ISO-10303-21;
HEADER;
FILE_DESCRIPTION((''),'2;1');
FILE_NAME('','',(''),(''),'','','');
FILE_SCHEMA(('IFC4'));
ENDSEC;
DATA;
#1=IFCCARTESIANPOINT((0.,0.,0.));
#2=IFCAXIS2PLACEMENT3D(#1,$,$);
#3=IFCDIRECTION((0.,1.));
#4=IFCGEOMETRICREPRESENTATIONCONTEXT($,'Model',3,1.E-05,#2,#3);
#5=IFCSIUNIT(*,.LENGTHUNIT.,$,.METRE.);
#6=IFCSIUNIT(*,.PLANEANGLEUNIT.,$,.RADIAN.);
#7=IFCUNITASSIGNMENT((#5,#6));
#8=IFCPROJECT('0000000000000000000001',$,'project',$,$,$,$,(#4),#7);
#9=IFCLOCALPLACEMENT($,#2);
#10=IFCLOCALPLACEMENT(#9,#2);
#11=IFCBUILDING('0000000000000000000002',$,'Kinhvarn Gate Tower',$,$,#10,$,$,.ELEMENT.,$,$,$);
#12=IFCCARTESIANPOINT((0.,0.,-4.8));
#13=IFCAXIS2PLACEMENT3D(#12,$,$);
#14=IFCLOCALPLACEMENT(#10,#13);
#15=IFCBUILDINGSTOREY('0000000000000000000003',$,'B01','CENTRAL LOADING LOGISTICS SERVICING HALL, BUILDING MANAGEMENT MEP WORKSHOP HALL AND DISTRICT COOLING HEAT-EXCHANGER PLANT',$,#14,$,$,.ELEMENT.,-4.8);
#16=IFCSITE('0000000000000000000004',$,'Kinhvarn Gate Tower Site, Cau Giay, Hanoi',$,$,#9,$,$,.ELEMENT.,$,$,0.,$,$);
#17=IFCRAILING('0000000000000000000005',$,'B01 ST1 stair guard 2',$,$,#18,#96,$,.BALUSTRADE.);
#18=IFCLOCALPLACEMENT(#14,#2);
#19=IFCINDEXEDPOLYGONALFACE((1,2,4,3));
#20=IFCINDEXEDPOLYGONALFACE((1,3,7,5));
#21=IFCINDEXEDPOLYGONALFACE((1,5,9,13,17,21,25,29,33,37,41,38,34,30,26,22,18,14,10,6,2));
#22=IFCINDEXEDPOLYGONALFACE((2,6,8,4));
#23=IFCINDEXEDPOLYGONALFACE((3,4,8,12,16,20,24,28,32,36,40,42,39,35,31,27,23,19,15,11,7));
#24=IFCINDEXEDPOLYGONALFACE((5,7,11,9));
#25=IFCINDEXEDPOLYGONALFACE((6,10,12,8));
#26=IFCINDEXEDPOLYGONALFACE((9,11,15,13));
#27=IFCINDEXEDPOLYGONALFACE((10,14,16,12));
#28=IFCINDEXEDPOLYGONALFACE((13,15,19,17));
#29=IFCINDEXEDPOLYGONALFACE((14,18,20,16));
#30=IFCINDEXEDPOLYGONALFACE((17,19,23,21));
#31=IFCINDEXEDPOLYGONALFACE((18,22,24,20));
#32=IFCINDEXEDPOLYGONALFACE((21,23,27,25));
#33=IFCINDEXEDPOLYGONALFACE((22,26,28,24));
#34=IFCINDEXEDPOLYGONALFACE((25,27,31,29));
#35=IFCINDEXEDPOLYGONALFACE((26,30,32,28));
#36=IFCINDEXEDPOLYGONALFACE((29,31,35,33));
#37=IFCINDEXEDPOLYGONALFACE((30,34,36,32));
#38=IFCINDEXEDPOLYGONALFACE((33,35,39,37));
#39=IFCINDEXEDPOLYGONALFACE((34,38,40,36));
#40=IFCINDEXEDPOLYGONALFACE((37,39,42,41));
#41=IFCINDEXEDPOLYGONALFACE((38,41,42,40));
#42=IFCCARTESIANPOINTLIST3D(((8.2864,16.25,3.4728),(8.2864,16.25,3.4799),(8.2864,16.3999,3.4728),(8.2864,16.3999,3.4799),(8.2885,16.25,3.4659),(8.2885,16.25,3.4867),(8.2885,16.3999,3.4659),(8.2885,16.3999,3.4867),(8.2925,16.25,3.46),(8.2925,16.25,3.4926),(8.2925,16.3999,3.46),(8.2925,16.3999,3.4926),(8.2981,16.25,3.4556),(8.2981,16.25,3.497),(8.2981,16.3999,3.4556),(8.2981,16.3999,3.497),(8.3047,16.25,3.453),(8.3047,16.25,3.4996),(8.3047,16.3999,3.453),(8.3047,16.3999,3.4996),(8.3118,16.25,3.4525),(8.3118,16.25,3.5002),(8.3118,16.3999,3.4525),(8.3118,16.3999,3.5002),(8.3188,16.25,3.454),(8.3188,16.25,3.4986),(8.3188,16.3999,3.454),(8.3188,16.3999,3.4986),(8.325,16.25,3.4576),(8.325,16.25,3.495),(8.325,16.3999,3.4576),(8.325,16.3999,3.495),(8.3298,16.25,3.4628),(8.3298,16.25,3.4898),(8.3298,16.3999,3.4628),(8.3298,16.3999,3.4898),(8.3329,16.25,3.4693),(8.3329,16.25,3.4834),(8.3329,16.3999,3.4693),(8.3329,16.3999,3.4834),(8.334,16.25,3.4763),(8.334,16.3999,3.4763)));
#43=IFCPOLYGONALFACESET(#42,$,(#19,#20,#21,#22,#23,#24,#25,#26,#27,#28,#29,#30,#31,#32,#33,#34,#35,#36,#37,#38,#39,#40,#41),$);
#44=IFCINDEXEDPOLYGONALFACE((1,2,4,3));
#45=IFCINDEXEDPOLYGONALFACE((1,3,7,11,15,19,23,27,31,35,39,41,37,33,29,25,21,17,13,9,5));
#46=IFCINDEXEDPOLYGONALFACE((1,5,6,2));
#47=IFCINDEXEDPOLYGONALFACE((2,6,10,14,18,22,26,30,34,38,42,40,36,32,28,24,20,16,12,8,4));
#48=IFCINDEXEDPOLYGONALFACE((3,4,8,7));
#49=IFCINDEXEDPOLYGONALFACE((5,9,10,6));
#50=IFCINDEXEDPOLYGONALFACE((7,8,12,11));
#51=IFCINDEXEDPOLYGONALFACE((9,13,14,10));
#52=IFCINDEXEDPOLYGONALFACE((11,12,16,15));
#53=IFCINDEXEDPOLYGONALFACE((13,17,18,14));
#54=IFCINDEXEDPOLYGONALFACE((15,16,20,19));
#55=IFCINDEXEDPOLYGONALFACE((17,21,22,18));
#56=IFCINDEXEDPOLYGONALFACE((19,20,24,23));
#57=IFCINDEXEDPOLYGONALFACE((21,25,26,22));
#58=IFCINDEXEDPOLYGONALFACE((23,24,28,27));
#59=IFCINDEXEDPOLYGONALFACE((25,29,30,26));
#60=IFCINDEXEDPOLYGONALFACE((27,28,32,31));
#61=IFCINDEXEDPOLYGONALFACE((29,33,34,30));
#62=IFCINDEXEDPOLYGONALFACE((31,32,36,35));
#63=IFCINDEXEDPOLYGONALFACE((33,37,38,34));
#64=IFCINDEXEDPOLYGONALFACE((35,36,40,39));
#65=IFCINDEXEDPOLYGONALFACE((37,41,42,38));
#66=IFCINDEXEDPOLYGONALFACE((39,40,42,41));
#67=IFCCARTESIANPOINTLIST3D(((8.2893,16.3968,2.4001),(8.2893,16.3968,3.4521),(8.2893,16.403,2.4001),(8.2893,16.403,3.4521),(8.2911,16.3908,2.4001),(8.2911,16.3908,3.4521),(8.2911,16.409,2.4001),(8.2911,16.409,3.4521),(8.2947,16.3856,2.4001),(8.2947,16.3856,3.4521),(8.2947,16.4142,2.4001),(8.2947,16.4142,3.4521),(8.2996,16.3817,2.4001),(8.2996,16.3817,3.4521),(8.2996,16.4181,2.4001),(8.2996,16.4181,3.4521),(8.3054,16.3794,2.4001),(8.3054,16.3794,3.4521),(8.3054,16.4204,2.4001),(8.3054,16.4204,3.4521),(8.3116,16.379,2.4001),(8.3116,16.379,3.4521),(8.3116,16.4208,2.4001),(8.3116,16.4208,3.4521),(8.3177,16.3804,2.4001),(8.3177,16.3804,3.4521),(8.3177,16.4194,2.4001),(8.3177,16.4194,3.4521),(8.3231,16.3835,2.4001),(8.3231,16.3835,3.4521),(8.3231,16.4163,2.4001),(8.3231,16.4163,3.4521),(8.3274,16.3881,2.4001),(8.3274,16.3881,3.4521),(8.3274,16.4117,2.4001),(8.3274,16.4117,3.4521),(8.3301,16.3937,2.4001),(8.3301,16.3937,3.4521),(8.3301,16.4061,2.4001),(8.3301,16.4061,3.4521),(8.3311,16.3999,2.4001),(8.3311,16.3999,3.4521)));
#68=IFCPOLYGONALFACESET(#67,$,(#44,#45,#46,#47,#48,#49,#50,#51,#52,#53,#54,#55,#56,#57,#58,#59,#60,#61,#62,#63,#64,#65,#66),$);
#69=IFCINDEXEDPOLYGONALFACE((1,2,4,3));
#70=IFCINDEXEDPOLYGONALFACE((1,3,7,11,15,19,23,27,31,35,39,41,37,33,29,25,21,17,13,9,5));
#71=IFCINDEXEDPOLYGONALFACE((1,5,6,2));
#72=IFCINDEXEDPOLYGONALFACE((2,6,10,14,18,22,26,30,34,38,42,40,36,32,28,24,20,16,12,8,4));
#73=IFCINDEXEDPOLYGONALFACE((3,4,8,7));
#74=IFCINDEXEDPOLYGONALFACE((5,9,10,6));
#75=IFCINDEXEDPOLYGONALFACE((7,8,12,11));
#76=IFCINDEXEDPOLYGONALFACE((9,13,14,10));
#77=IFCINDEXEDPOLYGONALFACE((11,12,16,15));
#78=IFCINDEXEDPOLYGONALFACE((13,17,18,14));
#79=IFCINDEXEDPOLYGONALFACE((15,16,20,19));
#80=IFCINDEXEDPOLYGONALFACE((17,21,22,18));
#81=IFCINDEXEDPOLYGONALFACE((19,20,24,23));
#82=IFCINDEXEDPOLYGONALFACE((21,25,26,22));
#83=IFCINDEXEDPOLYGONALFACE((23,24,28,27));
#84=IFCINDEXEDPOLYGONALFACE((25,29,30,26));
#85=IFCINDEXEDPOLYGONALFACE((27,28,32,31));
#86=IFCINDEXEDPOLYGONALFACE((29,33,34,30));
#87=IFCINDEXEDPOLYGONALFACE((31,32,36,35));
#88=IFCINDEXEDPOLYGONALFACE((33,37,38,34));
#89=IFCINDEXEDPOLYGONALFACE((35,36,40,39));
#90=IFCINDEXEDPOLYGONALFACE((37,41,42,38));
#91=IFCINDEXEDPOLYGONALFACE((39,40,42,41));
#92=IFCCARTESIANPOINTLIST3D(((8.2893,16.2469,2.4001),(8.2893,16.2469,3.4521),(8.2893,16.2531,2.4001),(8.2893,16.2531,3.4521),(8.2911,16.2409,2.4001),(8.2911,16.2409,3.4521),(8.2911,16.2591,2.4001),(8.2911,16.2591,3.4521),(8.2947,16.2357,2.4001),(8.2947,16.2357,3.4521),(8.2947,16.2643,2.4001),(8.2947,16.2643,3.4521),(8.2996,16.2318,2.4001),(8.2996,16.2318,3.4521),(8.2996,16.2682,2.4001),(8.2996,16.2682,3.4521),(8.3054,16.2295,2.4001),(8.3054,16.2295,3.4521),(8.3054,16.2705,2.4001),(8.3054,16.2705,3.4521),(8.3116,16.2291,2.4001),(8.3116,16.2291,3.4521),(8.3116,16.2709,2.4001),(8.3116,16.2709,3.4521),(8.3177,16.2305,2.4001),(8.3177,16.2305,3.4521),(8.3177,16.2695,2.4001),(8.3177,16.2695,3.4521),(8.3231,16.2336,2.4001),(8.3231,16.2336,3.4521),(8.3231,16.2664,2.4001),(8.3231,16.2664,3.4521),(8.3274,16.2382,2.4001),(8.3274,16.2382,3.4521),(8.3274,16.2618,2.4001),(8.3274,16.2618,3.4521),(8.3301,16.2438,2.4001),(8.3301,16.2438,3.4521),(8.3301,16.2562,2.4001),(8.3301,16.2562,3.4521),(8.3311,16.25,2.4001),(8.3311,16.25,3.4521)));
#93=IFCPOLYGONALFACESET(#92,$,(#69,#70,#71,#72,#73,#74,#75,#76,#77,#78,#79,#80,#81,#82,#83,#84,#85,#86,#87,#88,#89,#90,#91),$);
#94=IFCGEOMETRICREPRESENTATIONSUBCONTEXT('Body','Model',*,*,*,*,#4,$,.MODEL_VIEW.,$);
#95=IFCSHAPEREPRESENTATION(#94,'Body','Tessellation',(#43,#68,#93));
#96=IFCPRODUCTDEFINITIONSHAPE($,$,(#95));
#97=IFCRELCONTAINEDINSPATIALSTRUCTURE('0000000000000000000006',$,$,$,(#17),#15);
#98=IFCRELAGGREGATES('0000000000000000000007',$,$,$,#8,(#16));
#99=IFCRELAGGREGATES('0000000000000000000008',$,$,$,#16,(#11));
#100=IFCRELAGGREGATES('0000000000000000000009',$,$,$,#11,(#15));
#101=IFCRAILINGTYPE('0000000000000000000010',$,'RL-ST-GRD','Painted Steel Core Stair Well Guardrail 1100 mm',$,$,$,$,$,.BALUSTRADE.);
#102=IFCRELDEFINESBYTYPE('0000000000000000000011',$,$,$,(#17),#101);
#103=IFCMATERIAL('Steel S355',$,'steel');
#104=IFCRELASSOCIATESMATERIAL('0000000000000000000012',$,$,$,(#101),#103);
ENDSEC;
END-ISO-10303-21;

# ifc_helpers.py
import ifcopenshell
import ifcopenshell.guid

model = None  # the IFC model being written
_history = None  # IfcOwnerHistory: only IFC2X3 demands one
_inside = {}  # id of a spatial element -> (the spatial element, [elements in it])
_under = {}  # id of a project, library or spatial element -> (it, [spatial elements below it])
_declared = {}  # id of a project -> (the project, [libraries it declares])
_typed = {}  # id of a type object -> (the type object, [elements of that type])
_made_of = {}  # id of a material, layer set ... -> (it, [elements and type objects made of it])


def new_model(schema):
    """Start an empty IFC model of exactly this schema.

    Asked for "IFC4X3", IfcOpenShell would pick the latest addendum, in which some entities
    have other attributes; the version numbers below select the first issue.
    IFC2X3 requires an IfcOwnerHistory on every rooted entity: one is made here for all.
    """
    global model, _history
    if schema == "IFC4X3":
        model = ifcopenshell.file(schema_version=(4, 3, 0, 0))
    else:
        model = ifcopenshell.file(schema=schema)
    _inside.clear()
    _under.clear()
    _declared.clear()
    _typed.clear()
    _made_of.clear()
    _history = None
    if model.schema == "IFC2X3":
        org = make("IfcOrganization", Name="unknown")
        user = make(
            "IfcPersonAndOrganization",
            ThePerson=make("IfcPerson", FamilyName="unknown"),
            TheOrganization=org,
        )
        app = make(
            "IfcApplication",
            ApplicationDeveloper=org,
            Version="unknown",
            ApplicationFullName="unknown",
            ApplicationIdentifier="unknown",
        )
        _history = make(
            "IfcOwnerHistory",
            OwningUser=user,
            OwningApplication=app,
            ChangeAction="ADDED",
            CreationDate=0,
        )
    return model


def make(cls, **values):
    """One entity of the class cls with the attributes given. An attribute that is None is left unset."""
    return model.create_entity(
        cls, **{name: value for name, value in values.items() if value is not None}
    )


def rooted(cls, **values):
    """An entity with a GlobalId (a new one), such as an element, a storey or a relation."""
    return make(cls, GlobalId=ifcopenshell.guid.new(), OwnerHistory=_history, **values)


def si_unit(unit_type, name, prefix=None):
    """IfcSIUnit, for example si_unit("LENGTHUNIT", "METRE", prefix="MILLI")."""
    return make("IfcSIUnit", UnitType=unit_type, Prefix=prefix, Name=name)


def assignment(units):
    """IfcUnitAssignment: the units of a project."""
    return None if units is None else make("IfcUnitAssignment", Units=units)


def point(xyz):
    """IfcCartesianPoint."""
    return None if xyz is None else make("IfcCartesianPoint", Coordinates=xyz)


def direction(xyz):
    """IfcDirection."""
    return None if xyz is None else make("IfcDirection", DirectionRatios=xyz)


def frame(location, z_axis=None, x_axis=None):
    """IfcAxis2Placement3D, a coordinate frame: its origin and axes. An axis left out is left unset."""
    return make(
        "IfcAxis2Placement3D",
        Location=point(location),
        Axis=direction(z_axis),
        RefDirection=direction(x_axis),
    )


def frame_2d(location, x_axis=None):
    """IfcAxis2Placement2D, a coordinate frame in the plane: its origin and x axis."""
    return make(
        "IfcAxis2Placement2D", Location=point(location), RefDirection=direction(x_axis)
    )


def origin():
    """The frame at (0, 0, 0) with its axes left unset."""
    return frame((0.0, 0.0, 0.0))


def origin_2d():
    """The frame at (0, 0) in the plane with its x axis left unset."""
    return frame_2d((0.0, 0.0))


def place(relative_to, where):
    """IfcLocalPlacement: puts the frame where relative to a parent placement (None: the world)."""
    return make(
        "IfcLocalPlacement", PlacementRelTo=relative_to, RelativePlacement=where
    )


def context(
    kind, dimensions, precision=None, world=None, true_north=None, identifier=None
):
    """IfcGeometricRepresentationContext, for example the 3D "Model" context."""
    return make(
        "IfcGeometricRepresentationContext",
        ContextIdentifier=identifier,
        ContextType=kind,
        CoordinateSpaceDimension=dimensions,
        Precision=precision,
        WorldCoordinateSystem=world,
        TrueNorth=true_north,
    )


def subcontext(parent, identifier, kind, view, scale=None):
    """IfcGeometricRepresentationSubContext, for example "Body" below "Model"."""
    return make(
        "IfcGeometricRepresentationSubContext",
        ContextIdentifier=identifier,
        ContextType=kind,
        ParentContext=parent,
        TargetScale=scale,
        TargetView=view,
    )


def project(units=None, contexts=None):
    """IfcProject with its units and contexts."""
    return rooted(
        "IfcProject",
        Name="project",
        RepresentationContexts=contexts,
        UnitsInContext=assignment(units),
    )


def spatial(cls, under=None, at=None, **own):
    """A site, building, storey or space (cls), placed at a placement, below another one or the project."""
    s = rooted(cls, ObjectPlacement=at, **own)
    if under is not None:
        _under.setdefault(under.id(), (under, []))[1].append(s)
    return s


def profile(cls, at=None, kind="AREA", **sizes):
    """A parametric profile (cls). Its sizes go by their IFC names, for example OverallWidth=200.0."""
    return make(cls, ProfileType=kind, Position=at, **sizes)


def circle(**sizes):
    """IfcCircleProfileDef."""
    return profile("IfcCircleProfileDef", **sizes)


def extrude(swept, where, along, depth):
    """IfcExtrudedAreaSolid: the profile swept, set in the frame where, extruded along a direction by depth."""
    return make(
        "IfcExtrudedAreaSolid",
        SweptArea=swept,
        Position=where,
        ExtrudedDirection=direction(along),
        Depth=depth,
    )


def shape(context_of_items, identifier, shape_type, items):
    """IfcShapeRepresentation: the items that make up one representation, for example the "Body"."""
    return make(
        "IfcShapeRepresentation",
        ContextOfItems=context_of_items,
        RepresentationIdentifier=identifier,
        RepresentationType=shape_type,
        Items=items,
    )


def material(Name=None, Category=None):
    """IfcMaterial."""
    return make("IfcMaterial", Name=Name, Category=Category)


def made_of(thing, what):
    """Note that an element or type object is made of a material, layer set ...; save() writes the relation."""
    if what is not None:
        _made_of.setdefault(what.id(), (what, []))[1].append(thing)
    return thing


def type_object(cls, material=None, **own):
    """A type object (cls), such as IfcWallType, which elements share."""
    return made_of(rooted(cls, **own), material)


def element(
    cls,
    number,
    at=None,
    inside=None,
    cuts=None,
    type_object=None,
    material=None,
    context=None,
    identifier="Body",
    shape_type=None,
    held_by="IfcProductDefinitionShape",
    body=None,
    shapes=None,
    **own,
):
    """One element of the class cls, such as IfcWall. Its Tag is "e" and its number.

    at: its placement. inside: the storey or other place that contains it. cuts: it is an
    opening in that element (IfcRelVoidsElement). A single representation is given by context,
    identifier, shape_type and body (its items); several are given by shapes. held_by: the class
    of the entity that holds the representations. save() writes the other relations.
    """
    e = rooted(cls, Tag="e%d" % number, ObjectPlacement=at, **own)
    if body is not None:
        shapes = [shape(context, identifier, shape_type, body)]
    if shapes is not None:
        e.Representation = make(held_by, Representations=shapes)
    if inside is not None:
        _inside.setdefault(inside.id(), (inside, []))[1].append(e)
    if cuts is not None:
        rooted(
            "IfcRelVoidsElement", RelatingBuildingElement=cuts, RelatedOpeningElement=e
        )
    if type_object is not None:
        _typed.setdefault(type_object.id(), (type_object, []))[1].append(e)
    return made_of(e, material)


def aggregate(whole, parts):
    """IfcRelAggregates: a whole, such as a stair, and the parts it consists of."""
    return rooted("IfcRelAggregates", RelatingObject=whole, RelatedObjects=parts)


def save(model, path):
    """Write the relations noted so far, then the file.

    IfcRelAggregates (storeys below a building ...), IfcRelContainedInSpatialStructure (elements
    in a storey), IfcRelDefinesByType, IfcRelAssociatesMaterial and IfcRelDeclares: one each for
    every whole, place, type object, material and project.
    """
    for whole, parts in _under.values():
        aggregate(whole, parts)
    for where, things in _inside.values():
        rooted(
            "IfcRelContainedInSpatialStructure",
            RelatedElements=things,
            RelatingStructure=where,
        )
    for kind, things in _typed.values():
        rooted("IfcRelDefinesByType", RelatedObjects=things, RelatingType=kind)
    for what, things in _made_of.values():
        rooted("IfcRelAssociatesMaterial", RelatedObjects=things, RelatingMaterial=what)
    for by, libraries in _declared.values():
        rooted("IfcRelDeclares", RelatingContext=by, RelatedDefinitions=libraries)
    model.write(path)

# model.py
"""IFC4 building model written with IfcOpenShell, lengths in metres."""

from ifc_helpers import new_model, si_unit, direction, frame, origin, origin_2d, place, context, subcontext, project, spatial, circle, extrude, material, type_object, element, save


model = new_model("IFC4")

# Units and contexts
model_context = context("Model", 3, precision=1e-05, world=origin(), true_north=direction((0.0, 1.0)))
body_context = subcontext(model_context, "Body", "Model", "MODEL_VIEW")
ifc_project = project(units=[si_unit("LENGTHUNIT", "METRE"), si_unit("PLANEANGLEUNIT", "RADIAN")], contexts=[model_context])

# Site, building, storey
site_placement = place(None, origin())
site = spatial("IfcSite", under=ifc_project, at=site_placement, Name="Kinhvarn Gate Tower Site, Cau Giay, Hanoi", CompositionType="ELEMENT", RefElevation=0.0)
building_placement = place(site_placement, origin())
building = spatial("IfcBuilding", under=site, at=building_placement, Name="Kinhvarn Gate Tower", CompositionType="ELEMENT")
storey_placement = place(building_placement, frame((0.0, 0.0, -4.8)))
storey = spatial("IfcBuildingStorey", under=building, at=storey_placement, Name="B01", Description="CENTRAL LOADING LOGISTICS SERVICING HALL, BUILDING MANAGEMENT MEP WORKSHOP HALL AND DISTRICT COOLING HEAT-EXCHANGER PLANT", CompositionType="ELEMENT", Elevation=-4.8)

# Shared definitions
ifc_material_1 = material(Name="Steel S355", Category="steel")

# Railing
railing_type_1 = type_object("IfcRailingType", Name="RL-ST-GRD", Description="Painted Steel Core Stair Well Guardrail 1100 mm", PredefinedType="BALUSTRADE", material=ifc_material_1)
railing_1_placement = place(storey_placement, frame((8.3101, 16.3999, 2.4001)))
element("IfcRailing", 1, at=railing_1_placement, inside=storey, type_object=railing_type_1, Name="B01 ST1 stair guard 2", PredefinedType="BALUSTRADE", context=body_context, shape_type="SweptSolid", body=[
    extrude(circle(Radius=0.0239, at=origin_2d()), frame((0.0, 0.0, 1.0762), z_axis=(0.0, -1.0, 0.0), x_axis=(1.0, 0.0, 0.0)), (0.0, 0.0, 1.0), 0.1499),
    extrude(circle(Radius=0.021, at=origin_2d()), origin(), (0.0, 0.0, 1.0), 1.052),
    extrude(circle(Radius=0.021, at=origin_2d()), frame((0.0, -0.1499, 0.0)), (0.0, 0.0, 1.0), 1.052),
])

save(model, "model.ifc")
